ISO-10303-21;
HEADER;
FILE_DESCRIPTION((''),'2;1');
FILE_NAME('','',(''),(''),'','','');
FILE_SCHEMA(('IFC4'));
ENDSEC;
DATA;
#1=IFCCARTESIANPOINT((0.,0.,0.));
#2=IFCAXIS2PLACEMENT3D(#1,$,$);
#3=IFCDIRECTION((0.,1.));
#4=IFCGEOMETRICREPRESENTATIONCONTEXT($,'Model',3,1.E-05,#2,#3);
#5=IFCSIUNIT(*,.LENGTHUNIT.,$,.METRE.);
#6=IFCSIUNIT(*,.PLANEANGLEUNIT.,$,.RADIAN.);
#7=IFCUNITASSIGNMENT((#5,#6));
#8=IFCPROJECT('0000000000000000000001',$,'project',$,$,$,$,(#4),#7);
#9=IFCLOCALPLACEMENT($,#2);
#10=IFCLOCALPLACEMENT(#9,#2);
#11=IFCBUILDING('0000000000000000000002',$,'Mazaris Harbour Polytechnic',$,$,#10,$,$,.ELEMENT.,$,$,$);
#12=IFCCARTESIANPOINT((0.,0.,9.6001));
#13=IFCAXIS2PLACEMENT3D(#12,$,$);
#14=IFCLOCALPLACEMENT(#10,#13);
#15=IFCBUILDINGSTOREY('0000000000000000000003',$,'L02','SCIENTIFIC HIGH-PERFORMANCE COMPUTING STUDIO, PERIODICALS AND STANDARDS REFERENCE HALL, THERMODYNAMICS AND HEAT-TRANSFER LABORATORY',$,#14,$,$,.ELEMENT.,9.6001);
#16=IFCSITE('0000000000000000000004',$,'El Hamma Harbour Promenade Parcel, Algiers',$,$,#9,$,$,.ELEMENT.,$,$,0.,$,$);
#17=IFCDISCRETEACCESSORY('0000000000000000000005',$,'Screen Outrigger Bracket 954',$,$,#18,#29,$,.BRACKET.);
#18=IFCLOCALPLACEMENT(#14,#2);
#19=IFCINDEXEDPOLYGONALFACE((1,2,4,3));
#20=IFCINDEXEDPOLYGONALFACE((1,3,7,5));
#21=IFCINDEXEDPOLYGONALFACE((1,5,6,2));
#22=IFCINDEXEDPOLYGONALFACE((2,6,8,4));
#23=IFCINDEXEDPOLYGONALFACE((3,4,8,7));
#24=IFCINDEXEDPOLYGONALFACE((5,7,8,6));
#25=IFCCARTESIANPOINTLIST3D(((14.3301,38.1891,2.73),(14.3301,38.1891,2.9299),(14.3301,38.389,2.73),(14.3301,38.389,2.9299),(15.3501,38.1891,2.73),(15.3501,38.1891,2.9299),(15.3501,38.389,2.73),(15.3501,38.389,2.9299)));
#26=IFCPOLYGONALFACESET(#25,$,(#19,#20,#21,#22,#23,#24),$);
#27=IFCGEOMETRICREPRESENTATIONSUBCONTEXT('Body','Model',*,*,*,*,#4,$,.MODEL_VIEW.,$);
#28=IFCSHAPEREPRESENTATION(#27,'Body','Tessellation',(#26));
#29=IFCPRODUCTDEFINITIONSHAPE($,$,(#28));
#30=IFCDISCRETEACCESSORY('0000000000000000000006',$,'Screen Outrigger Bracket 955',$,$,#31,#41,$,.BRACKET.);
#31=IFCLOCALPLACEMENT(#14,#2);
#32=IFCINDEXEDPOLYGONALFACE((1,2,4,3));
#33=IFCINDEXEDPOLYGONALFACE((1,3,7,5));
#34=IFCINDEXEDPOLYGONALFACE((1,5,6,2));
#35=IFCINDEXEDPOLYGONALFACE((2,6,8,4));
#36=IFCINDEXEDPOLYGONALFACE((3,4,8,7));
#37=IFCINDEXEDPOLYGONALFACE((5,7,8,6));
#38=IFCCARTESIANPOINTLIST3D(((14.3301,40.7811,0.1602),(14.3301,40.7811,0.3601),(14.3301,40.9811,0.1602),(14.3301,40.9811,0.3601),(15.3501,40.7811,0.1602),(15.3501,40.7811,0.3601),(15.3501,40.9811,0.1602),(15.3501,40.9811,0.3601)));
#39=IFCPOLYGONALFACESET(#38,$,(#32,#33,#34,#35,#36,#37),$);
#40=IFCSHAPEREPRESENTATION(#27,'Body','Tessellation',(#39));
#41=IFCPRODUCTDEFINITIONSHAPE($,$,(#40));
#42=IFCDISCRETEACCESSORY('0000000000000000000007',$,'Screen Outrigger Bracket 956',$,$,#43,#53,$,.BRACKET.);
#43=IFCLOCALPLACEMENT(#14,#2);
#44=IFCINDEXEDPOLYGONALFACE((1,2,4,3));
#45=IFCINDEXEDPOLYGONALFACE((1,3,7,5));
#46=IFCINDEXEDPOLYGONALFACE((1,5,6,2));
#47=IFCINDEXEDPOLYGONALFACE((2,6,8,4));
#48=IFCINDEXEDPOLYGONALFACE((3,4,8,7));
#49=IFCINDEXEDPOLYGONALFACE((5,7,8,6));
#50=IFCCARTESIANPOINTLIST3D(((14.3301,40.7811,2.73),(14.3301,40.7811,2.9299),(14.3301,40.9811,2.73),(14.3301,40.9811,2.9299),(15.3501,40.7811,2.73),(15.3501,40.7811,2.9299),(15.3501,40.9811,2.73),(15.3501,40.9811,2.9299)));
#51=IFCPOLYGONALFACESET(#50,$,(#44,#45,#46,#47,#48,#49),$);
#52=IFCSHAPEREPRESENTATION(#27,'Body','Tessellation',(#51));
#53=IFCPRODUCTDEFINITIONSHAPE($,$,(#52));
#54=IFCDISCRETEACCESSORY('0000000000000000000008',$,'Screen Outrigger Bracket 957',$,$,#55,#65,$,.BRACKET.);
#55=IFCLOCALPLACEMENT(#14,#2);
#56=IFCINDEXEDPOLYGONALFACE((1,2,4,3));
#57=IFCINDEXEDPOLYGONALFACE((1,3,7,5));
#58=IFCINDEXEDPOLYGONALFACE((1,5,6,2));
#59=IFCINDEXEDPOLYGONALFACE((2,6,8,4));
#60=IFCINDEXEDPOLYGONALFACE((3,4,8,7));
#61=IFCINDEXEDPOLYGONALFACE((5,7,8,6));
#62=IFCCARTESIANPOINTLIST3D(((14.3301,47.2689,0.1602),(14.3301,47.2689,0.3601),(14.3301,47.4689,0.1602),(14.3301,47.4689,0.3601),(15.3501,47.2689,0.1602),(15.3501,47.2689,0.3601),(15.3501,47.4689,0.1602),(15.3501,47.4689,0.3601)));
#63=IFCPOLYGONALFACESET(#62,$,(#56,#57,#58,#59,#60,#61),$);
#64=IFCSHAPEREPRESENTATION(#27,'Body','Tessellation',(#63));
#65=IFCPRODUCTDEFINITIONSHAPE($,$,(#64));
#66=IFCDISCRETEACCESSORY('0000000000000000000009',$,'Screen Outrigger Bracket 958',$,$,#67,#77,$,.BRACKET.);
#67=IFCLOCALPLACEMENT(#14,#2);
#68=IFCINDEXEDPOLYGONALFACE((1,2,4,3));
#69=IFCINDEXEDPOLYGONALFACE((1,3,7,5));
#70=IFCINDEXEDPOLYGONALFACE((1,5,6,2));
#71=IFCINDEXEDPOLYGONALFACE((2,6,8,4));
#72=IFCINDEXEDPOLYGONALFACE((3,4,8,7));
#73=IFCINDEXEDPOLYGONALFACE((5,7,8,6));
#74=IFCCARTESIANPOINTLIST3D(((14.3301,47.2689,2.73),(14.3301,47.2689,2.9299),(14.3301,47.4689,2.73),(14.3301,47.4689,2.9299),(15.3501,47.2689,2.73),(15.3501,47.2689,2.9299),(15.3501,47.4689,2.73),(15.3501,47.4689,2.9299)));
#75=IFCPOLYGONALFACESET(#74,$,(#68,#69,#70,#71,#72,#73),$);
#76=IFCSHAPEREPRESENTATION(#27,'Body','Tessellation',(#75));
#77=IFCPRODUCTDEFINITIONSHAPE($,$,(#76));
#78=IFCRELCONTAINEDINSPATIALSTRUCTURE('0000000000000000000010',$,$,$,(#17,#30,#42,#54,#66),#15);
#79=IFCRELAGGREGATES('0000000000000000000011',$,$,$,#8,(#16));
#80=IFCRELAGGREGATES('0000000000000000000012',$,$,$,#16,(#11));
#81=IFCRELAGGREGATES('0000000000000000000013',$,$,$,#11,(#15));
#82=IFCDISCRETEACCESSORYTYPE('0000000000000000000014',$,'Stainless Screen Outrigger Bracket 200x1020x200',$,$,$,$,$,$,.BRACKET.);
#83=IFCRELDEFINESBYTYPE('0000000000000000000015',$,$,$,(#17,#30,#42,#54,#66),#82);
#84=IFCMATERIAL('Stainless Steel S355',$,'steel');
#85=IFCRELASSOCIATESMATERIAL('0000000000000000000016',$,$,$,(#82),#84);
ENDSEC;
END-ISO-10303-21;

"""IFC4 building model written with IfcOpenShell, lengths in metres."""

from ifc_helpers import new_model, si_unit, direction, frame, origin, origin_2d, place, context, subcontext, project, spatial, rectangle, extrude, material, type_object, element, save


model = new_model("IFC4")

# Units and contexts
model_context = context("Model", 3, precision=1e-05, world=origin(), true_north=direction((0.0, 1.0)))
body_context = subcontext(model_context, "Body", "Model", "MODEL_VIEW")
ifc_project = project(units=[si_unit("LENGTHUNIT", "METRE"), si_unit("PLANEANGLEUNIT", "RADIAN")], contexts=[model_context])

# Site, building, storey
site_placement = place(None, origin())
site = spatial("IfcSite", under=ifc_project, at=site_placement, Name="El Hamma Harbour Promenade Parcel, Algiers", CompositionType="ELEMENT", RefElevation=0.0)
building_placement = place(site_placement, origin())
building = spatial("IfcBuilding", under=site, at=building_placement, Name="Mazaris Harbour Polytechnic", CompositionType="ELEMENT")
storey_placement = place(building_placement, frame((0.0, 0.0, 9.6001)))
storey = spatial("IfcBuildingStorey", under=building, at=storey_placement, Name="L02", Description="SCIENTIFIC HIGH-PERFORMANCE COMPUTING STUDIO, PERIODICALS AND STANDARDS REFERENCE HALL, THERMODYNAMICS AND HEAT-TRANSFER LABORATORY", CompositionType="ELEMENT", Elevation=9.6001)

# Discrete accessories
ifc_material_1 = material(Name="Stainless Steel S355", Category="steel")
discrete_accessory_type = type_object("IfcDiscreteAccessoryType", Name="Stainless Screen Outrigger Bracket 200x1020x200", PredefinedType="BRACKET", material=ifc_material_1)
for number, where, z_axis, x_axis, name in (
    (1, (14.8401, 38.2891, 2.73), (0.0, 0.0, 1.0), (0.0, 1.0, 0.0), "Screen Outrigger Bracket 954"),
    (2, (14.8401, 40.8811, 0.1602), (0.0, 0.0, 1.0), (0.0, 1.0, 0.0), "Screen Outrigger Bracket 955"),
    (3, (14.8401, 40.8811, 2.73), (0.0, 0.0, 1.0), (0.0, 1.0, 0.0), "Screen Outrigger Bracket 956"),
    (4, (14.8401, 47.3689, 0.1602), (0.0, 0.0, 1.0), (0.0, 1.0, 0.0), "Screen Outrigger Bracket 957"),
    (5, (14.8401, 47.3689, 2.73), (0.0, 0.0, 1.0), (0.0, 1.0, 0.0), "Screen Outrigger Bracket 958"),
):
    element("IfcDiscreteAccessory", number, at=place(storey_placement, frame(where, z_axis=z_axis, x_axis=x_axis)), inside=storey, type_object=discrete_accessory_type, Name=name, PredefinedType="BRACKET", context=body_context, shape_type="SweptSolid", body=[
        extrude(rectangle(XDim=0.2, YDim=1.02, at=origin_2d()), origin(), (0.0, 0.0, 1.0), 0.2),
    ])

save(model, "model.ifc")
